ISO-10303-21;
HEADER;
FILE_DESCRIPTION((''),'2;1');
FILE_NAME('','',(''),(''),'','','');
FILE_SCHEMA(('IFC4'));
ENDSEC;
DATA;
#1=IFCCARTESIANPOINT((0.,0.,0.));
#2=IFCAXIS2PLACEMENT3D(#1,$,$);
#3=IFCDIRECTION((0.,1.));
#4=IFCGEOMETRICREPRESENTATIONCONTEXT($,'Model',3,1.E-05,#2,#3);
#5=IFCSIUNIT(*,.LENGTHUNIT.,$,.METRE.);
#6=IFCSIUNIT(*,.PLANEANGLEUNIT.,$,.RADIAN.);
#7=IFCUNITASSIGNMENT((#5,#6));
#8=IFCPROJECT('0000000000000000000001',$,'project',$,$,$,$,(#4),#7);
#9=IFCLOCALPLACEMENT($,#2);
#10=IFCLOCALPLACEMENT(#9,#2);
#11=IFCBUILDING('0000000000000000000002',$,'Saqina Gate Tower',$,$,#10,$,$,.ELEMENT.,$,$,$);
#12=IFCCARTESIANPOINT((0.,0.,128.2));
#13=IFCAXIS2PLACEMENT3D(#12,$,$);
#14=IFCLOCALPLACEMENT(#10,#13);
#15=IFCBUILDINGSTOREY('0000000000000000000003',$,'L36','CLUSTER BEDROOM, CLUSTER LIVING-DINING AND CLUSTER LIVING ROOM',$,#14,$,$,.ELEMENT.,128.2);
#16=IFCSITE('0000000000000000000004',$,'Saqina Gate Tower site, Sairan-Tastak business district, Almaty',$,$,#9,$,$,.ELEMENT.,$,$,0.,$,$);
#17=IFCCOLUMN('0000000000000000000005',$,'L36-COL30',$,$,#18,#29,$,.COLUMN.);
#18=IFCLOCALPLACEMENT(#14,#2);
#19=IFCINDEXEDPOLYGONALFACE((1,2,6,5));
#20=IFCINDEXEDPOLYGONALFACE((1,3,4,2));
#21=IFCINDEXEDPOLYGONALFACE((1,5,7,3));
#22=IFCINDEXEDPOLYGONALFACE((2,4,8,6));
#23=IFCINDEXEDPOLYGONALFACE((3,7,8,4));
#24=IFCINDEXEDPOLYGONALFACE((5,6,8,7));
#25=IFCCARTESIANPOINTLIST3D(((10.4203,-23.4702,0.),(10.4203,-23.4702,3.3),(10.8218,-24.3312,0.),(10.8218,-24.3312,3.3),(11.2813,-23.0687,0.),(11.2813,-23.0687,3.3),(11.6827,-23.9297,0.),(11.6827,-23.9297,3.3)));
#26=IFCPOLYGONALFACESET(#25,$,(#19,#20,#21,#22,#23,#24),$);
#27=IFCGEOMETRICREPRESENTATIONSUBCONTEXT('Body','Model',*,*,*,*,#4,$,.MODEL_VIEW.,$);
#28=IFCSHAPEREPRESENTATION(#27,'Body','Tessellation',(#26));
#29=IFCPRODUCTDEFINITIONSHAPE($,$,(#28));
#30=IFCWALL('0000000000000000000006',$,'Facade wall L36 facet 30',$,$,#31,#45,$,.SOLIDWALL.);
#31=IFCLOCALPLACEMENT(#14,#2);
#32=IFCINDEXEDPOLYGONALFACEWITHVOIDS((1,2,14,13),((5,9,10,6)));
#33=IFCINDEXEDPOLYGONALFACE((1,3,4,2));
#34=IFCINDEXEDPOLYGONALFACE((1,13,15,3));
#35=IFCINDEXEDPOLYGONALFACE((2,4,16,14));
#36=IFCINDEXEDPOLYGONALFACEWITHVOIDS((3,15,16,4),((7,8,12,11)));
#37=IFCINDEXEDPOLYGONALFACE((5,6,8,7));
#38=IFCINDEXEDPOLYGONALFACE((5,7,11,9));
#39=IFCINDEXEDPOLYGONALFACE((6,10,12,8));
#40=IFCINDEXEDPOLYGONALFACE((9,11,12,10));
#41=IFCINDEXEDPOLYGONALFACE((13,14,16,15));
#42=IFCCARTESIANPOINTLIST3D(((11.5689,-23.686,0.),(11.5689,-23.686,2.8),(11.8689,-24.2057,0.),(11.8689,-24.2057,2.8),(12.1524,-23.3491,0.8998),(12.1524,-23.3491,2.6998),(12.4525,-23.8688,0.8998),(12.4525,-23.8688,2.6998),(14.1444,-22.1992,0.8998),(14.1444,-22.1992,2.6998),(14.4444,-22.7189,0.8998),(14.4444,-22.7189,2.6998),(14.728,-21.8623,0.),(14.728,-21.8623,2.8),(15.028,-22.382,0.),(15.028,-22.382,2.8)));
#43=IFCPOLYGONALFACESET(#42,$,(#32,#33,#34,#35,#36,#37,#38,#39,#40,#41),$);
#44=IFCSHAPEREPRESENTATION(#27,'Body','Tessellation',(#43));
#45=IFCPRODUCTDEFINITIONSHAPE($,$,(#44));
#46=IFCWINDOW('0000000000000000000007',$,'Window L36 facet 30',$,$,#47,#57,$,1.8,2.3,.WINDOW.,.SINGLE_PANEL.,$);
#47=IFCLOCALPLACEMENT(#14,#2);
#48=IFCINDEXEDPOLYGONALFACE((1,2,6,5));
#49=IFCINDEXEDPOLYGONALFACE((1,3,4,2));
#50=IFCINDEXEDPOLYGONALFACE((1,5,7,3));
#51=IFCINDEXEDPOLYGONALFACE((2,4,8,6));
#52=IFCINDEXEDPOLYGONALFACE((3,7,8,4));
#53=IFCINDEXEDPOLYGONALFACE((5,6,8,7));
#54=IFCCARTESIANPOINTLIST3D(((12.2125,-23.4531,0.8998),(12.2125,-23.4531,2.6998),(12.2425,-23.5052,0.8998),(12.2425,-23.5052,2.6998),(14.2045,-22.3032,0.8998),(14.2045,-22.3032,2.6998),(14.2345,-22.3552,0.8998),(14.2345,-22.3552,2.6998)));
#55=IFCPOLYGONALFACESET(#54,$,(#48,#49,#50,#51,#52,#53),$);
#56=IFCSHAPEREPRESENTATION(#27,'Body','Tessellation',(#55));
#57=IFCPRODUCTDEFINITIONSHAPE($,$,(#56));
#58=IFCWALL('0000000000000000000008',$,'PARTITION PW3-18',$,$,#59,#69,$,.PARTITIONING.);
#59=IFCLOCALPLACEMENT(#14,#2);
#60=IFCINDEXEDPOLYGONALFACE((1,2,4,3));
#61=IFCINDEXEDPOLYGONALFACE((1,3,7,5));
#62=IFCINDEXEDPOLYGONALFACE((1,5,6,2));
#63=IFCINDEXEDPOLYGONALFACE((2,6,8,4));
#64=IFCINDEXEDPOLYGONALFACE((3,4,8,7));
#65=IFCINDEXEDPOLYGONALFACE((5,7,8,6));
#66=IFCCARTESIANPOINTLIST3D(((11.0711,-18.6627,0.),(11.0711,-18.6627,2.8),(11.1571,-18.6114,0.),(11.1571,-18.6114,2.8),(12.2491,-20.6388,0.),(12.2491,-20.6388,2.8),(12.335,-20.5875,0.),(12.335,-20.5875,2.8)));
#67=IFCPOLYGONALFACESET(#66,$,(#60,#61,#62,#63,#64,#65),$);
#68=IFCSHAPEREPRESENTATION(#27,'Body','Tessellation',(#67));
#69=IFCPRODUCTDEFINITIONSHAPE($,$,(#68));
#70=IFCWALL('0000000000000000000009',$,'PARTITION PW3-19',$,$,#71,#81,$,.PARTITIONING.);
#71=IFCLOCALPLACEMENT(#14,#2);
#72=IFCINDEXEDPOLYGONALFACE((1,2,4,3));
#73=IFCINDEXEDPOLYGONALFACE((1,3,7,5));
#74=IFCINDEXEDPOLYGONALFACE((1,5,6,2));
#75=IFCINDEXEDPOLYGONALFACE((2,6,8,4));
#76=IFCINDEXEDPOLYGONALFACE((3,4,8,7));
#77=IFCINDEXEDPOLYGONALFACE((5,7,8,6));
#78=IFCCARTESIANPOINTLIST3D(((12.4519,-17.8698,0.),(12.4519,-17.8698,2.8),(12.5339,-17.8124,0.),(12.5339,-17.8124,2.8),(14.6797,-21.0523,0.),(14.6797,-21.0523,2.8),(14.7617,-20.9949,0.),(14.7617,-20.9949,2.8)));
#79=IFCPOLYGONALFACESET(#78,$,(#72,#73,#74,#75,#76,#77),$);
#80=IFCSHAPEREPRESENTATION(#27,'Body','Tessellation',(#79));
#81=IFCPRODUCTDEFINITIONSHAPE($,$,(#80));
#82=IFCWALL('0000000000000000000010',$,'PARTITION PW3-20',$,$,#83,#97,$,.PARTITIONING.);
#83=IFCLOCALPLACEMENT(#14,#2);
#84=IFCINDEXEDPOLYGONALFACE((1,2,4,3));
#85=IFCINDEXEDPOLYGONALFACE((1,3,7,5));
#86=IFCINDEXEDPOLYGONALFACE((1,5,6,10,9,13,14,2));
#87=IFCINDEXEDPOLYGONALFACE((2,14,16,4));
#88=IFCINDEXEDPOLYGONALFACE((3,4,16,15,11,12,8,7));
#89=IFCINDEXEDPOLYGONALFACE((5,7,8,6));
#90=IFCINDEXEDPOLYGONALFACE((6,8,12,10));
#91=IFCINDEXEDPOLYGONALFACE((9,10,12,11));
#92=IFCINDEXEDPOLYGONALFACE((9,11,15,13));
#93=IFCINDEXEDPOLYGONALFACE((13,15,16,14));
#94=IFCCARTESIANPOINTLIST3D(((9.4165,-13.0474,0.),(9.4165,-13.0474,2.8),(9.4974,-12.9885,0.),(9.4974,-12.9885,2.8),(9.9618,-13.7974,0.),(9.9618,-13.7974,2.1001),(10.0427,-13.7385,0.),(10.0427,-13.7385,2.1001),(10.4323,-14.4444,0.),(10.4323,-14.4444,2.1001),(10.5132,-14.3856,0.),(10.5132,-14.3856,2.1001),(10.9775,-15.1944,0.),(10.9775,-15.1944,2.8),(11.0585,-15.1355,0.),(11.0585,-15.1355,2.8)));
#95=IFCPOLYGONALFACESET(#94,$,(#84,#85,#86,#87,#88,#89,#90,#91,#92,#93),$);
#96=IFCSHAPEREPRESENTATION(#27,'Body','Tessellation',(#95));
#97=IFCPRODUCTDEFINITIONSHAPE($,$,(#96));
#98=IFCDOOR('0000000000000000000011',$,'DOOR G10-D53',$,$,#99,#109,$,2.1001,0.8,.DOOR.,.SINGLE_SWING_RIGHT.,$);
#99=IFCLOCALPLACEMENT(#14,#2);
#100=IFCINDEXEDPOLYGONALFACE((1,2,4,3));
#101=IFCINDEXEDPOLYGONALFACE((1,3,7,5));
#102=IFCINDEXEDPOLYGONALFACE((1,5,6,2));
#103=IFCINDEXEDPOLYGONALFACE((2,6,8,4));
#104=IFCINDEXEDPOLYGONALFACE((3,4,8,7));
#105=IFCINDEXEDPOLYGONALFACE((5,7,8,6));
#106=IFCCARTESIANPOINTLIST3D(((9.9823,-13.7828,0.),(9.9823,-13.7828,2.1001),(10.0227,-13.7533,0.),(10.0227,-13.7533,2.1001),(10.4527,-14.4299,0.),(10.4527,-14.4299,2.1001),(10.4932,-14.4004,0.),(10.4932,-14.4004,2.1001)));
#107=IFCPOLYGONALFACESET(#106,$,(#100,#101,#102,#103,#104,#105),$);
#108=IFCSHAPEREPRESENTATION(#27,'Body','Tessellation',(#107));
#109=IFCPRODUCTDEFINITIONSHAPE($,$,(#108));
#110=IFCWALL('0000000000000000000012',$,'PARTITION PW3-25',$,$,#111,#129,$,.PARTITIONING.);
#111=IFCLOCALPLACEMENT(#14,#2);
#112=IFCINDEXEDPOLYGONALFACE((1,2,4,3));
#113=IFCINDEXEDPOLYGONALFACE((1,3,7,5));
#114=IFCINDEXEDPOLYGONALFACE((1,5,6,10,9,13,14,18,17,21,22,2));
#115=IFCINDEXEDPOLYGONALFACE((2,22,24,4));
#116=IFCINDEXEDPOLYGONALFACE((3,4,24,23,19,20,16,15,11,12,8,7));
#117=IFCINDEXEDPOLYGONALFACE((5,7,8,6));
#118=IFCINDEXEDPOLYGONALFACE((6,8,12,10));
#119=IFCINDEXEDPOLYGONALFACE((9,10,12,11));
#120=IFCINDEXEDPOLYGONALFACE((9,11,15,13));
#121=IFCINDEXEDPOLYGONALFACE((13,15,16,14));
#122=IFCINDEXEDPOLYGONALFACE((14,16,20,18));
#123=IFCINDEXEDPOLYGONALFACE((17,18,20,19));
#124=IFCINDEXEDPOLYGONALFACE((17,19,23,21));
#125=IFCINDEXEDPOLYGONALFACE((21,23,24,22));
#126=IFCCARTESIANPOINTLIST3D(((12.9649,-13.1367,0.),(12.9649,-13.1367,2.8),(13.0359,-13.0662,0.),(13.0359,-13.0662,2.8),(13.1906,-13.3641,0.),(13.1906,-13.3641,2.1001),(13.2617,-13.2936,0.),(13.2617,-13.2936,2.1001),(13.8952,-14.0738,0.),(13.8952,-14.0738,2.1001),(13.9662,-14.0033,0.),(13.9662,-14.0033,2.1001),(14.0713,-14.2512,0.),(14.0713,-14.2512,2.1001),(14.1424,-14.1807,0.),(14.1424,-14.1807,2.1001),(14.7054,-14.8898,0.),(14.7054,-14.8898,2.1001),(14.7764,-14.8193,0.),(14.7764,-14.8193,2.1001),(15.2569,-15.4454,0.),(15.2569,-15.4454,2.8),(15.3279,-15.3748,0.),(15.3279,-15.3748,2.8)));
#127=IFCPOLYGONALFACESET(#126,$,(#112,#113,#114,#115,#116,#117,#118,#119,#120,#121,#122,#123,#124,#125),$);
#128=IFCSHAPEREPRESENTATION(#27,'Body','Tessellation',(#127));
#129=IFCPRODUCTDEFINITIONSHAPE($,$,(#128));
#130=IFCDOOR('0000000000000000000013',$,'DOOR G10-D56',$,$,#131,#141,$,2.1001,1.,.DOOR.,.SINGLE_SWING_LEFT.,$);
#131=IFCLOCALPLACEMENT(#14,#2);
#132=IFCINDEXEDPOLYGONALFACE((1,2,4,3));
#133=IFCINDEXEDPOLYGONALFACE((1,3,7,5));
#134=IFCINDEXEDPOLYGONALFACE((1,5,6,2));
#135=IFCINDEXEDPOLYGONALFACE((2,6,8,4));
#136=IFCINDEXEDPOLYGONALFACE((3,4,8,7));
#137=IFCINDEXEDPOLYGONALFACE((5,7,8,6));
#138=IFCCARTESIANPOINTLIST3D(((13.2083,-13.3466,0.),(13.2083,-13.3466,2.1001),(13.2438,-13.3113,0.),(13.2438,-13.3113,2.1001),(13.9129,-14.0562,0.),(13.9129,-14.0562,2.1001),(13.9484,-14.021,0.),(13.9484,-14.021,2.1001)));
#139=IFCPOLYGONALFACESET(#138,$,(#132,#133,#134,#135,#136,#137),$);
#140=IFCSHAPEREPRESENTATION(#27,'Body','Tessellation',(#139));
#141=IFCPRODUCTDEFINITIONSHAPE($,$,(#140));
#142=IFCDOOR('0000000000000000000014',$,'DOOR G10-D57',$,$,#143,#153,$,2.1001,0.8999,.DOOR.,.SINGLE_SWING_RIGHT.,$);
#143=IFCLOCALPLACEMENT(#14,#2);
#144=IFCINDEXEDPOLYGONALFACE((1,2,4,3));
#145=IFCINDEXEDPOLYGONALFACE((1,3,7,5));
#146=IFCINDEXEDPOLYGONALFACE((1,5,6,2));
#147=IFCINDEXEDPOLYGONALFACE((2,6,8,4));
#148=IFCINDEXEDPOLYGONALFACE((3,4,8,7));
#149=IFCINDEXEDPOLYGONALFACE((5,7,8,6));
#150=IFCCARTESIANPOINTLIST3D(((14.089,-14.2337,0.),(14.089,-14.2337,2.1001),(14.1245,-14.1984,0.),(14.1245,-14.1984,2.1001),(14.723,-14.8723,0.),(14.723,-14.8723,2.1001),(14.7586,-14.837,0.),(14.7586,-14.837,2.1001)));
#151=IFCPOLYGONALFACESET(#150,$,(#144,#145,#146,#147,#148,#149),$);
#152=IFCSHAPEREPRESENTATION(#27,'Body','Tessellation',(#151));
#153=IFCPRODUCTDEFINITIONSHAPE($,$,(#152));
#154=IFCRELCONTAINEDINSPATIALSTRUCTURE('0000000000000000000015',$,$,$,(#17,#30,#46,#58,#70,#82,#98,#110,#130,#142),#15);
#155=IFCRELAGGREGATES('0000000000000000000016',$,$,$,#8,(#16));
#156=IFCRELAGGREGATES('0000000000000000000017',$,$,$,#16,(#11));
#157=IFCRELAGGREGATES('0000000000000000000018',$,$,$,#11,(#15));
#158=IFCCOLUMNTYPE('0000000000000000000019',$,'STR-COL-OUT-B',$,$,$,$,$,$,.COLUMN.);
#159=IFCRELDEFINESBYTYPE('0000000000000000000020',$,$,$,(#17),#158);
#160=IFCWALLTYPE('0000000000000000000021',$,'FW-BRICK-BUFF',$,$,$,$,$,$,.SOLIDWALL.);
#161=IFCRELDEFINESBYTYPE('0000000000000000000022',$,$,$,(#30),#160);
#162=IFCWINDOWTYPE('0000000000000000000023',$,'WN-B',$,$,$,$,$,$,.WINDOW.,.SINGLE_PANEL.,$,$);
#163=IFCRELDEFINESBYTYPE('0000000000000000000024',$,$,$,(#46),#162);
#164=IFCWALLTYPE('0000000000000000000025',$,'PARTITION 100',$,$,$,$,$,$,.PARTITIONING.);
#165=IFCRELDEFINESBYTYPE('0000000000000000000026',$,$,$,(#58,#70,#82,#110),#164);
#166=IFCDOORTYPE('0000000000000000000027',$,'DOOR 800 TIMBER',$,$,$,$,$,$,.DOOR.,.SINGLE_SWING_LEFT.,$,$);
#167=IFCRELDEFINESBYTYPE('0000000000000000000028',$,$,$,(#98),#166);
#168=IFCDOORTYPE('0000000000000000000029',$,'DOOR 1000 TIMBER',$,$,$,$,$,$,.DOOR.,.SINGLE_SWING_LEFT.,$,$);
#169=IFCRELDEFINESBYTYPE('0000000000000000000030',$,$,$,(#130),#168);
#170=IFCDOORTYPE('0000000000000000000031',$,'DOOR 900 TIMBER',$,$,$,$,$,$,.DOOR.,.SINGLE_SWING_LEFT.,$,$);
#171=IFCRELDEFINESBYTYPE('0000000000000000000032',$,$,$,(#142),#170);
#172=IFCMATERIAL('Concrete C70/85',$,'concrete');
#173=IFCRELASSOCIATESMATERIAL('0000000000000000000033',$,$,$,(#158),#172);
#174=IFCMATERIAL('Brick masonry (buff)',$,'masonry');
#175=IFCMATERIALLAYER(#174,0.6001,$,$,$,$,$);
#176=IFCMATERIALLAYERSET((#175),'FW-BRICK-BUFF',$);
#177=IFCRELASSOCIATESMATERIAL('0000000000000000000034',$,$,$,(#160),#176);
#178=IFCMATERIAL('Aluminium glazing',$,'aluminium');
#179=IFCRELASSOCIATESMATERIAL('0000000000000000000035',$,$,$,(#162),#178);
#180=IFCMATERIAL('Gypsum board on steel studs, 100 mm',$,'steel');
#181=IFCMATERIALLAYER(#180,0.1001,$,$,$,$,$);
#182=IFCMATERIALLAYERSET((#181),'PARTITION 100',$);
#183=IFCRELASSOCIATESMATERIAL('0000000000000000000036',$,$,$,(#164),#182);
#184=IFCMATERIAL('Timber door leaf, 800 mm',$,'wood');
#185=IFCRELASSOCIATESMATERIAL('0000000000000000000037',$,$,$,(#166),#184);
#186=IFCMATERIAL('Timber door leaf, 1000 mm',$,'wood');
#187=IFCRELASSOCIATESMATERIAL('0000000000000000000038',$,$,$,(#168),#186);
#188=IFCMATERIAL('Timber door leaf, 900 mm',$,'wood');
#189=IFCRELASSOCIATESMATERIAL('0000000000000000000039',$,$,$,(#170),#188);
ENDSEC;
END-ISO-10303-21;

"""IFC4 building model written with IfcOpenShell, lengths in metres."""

from ifc_helpers import new_model, si_unit, direction, frame, frame_2d, origin, origin_2d, place, context, subcontext, project, spatial, rectangle, extrude, material, layer, layer_set, material_profile, profile_set, type_object, element, fill, save


model = new_model("IFC4")

# Units and contexts
model_context = context("Model", 3, precision=1e-05, world=origin(), true_north=direction((0.0, 1.0)))
body_context = subcontext(model_context, "Body", "Model", "MODEL_VIEW")
ifc_project = project(units=[si_unit("LENGTHUNIT", "METRE"), si_unit("PLANEANGLEUNIT", "RADIAN")], contexts=[model_context])

# Site, building, storey
site_placement = place(None, origin())
site = spatial("IfcSite", under=ifc_project, at=site_placement, Name="Saqina Gate Tower site, Sairan-Tastak business district, Almaty", CompositionType="ELEMENT", RefElevation=0.0)
building_placement = place(site_placement, origin())
building = spatial("IfcBuilding", under=site, at=building_placement, Name="Saqina Gate Tower", CompositionType="ELEMENT")
storey_placement = place(building_placement, frame((0.0, 0.0, 128.2)))
storey = spatial("IfcBuildingStorey", under=building, at=storey_placement, Name="L36", Description="CLUSTER BEDROOM, CLUSTER LIVING-DINING AND CLUSTER LIVING ROOM", CompositionType="ELEMENT", Elevation=128.2)

# Column
ifc_material_1 = material(Name="Concrete C70/85", Category="concrete")
ifc_material_profile = material_profile(ifc_material_1, rectangle(XDim=0.95, YDim=0.95, at=origin_2d()), Name="RC 950x950")
ifc_profile_set = profile_set([ifc_material_profile], Name="Concrete C70/85")
column_type = type_object("IfcColumnType", Name="STR-COL-OUT-B", PredefinedType="COLUMN", material=ifc_profile_set)
column_placement = place(storey_placement, frame((11.0515, -23.7, 0.0), z_axis=(0.0, 0.0, 1.0), x_axis=(0.422618, -0.906308, 0.0)))
element("IfcColumn", 1, at=column_placement, inside=storey, type_object=column_type, Name="L36-COL30", PredefinedType="COLUMN", context=body_context, shape_type="SweptSolid", body=[
    extrude(rectangle(XDim=0.95, YDim=0.95, at=origin_2d()), origin(), (0.0, 0.0, 1.0), 3.3),
])

# Wall, opening, window
ifc_material_2 = material(Name="Brick masonry (buff)", Category="masonry")
ifc_layer_1 = layer(ifc_material_2, 0.6001)
ifc_layer_set_1 = layer_set([ifc_layer_1], Name="FW-BRICK-BUFF")
wall_type_1 = type_object("IfcWallType", Name="FW-BRICK-BUFF", PredefinedType="SOLIDWALL", material=ifc_layer_set_1)
wall_1_placement = place(storey_placement, frame((11.719, -23.9458, 0.0), z_axis=(0.0, 0.0, 1.0), x_axis=(0.866052, 0.499954, 0.0)))
wall_1 = element("IfcWall", 2, at=wall_1_placement, inside=storey, type_object=wall_type_1, Name="Facade wall L36 facet 30", PredefinedType="SOLIDWALL", context=body_context, shape_type="SweptSolid", body=[
    extrude(rectangle(XDim=3.6477, YDim=0.6001, at=frame_2d((1.8237, 0.0))), origin(), (0.0, 0.0, 1.0), 2.8),
])
opening_1_placement = place(wall_1_placement, frame((0.6738, 0.0, 0.8999)))
opening_1 = element("IfcOpeningElement", 3, at=opening_1_placement, cuts=wall_1, PredefinedType="OPENING", context=body_context, shape_type="SweptSolid", body=[
    extrude(rectangle(XDim=2.3, YDim=1.8, at=frame_2d((1.1499, 0.8999))), frame((0.0, 0.312, 0.0), z_axis=(0.0, -1.0, 0.0), x_axis=(1.0, 0.0, 0.0)), (0.0, 0.0, 1.0), 0.624),
])
ifc_material_3 = material(Name="Aluminium glazing", Category="aluminium")
window_type = type_object("IfcWindowType", Name="WN-B", PartitioningType="SINGLE_PANEL", PredefinedType="WINDOW", material=ifc_material_3)
window_placement = place(opening_1_placement, origin())
window = element("IfcWindow", 4, at=window_placement, inside=storey, type_object=window_type, Name="Window L36 facet 30", OverallHeight=1.8, OverallWidth=2.3, PartitioningType="SINGLE_PANEL", PredefinedType="WINDOW", context=body_context, shape_type="SweptSolid", body=[
    extrude(rectangle(XDim=2.3, YDim=1.8, at=frame_2d((1.1499, 0.8999))), frame((0.0, 0.1799, 0.0), z_axis=(0.0, -1.0, 0.0), x_axis=(1.0, 0.0, 0.0)), (0.0, 0.0, 1.0), 0.0601),
])
fill(opening_1, window)

# Walls
ifc_material_4 = material(Name="Gypsum board on steel studs, 100 mm", Category="steel")
ifc_layer_2 = layer(ifc_material_4, 0.1001)
ifc_layer_set_2 = layer_set([ifc_layer_2], Name="PARTITION 100")
wall_type_2 = type_object("IfcWallType", Name="PARTITION 100", PredefinedType="PARTITIONING", material=ifc_layer_set_2)
wall_2_placement = place(storey_placement, frame((11.114, -18.637, 0.0), z_axis=(0.0, 0.0, 1.0), x_axis=(0.512043, -0.85896, 0.0)))
element("IfcWall", 5, at=wall_2_placement, inside=storey, type_object=wall_type_2, Name="PARTITION PW3-18", PredefinedType="PARTITIONING", context=body_context, shape_type="SweptSolid", body=[
    extrude(rectangle(XDim=2.3005, YDim=0.1001, at=frame_2d((1.1504, 0.0))), origin(), (0.0, 0.0, 1.0), 2.8),
])
wall_3_placement = place(storey_placement, frame((12.4929, -17.8411, 0.0), z_axis=(0.0, 0.0, 1.0), x_axis=(0.573454, -0.819238, 0.0)))
element("IfcWall", 6, at=wall_3_placement, inside=storey, type_object=wall_type_2, Name="PARTITION PW3-19", PredefinedType="PARTITIONING", context=body_context, shape_type="SweptSolid", body=[
    extrude(rectangle(XDim=3.8848, YDim=0.1001, at=frame_2d((1.9424, 0.0))), origin(), (0.0, 0.0, 1.0), 2.8),
])

# Wall, opening, door
wall_4_placement = place(storey_placement, frame((9.457, -13.0181, 0.0), z_axis=(0.0, 0.0, 1.0), x_axis=(0.588073, -0.808808, 0.0)))
wall_4 = element("IfcWall", 7, at=wall_4_placement, inside=storey, type_object=wall_type_2, Name="PARTITION PW3-20", PredefinedType="PARTITIONING", context=body_context, shape_type="SweptSolid", body=[
    extrude(rectangle(XDim=2.6545, YDim=0.1001, at=frame_2d((1.3271, 0.0))), origin(), (0.0, 0.0, 1.0), 2.8),
])
opening_2_placement = place(wall_4_placement, frame((0.9272, 0.0, 0.0)))
opening_2 = element("IfcOpeningElement", 8, at=opening_2_placement, cuts=wall_4, PredefinedType="OPENING", context=body_context, shape_type="SweptSolid", body=[
    extrude(rectangle(XDim=0.8, YDim=2.1001, at=frame_2d((0.3999, 1.05))), frame((0.0, 0.062, 0.0), z_axis=(0.0, -1.0, 0.0), x_axis=(1.0, 0.0, 0.0)), (0.0, 0.0, 1.0), 0.124),
])
ifc_material_5 = material(Name="Timber door leaf, 800 mm", Category="wood")
door_type_1 = type_object("IfcDoorType", Name="DOOR 800 TIMBER", OperationType="SINGLE_SWING_LEFT", PredefinedType="DOOR", material=ifc_material_5)
door_1_placement = place(opening_2_placement, frame((0.8, 0.0, 0.0), z_axis=(0.0, 0.0, 1.0), x_axis=(-1.0, 0.0, 0.0)))
door_1 = element("IfcDoor", 9, at=door_1_placement, inside=storey, type_object=door_type_1, Name="DOOR G10-D53", OperationType="SINGLE_SWING_RIGHT", OverallHeight=2.1001, OverallWidth=0.8, PredefinedType="DOOR", context=body_context, shape_type="SweptSolid", body=[
    extrude(rectangle(XDim=0.8, YDim=2.1001, at=frame_2d((0.3999, 1.05))), frame((0.0, 0.0249, 0.0), z_axis=(0.0, -1.0, 0.0), x_axis=(1.0, 0.0, 0.0)), (0.0, 0.0, 1.0), 0.05),
])
fill(opening_2, door_1)

# Wall, openings, doors
wall_5_placement = place(storey_placement, frame((13.0005, -13.1016, 0.0), z_axis=(0.0, 0.0, 1.0), x_axis=(0.704551, -0.709654, 0.0)))
wall_5 = element("IfcWall", 10, at=wall_5_placement, inside=storey, type_object=wall_type_2, Name="PARTITION PW3-25", PredefinedType="PARTITIONING", context=body_context, shape_type="SweptSolid", body=[
    extrude(rectangle(XDim=3.2532, YDim=0.1001, at=frame_2d((1.6265, 0.0))), origin(), (0.0, 0.0, 1.0), 2.8),
])
opening_3_placement = place(wall_5_placement, frame((0.3203, 0.0, 0.0)))
opening_3 = element("IfcOpeningElement", 11, at=opening_3_placement, cuts=wall_5, PredefinedType="OPENING", context=body_context, shape_type="SweptSolid", body=[
    extrude(rectangle(XDim=1.0, YDim=2.1001, at=frame_2d((0.5, 1.05))), frame((0.0, 0.062, 0.0), z_axis=(0.0, -1.0, 0.0), x_axis=(1.0, 0.0, 0.0)), (0.0, 0.0, 1.0), 0.124),
])
opening_4_placement = place(wall_5_placement, frame((1.5703, 0.0, 0.0)))
opening_4 = element("IfcOpeningElement", 12, at=opening_4_placement, cuts=wall_5, PredefinedType="OPENING", context=body_context, shape_type="SweptSolid", body=[
    extrude(rectangle(XDim=0.8999, YDim=2.1001, at=frame_2d((0.45, 1.05))), frame((0.0, 0.062, 0.0), z_axis=(0.0, -1.0, 0.0), x_axis=(1.0, 0.0, 0.0)), (0.0, 0.0, 1.0), 0.124),
])
ifc_material_6 = material(Name="Timber door leaf, 1000 mm", Category="wood")
door_type_2 = type_object("IfcDoorType", Name="DOOR 1000 TIMBER", OperationType="SINGLE_SWING_LEFT", PredefinedType="DOOR", material=ifc_material_6)
door_2_placement = place(opening_3_placement, origin())
door_2 = element("IfcDoor", 13, at=door_2_placement, inside=storey, type_object=door_type_2, Name="DOOR G10-D56", OperationType="SINGLE_SWING_LEFT", OverallHeight=2.1001, OverallWidth=1.0, PredefinedType="DOOR", context=body_context, shape_type="SweptSolid", body=[
    extrude(rectangle(XDim=1.0, YDim=2.1001, at=frame_2d((0.5, 1.05))), frame((0.0, 0.0249, 0.0), z_axis=(0.0, -1.0, 0.0), x_axis=(1.0, 0.0, 0.0)), (0.0, 0.0, 1.0), 0.05),
])
fill(opening_3, door_2)
ifc_material_7 = material(Name="Timber door leaf, 900 mm", Category="wood")
door_type_3 = type_object("IfcDoorType", Name="DOOR 900 TIMBER", OperationType="SINGLE_SWING_LEFT", PredefinedType="DOOR", material=ifc_material_7)
door_3_placement = place(opening_4_placement, origin())
door_3 = element("IfcDoor", 14, at=door_3_placement, inside=storey, type_object=door_type_3, Name="DOOR G10-D57", OperationType="SINGLE_SWING_RIGHT", OverallHeight=2.1001, OverallWidth=0.8999, PredefinedType="DOOR", context=body_context, shape_type="SweptSolid", body=[
    extrude(rectangle(XDim=0.8999, YDim=2.1001, at=frame_2d((0.45, 1.05))), frame((0.0, 0.0249, 0.0), z_axis=(0.0, -1.0, 0.0), x_axis=(1.0, 0.0, 0.0)), (0.0, 0.0, 1.0), 0.05),
])
fill(opening_4, door_3)

save(model, "model.ifc")
